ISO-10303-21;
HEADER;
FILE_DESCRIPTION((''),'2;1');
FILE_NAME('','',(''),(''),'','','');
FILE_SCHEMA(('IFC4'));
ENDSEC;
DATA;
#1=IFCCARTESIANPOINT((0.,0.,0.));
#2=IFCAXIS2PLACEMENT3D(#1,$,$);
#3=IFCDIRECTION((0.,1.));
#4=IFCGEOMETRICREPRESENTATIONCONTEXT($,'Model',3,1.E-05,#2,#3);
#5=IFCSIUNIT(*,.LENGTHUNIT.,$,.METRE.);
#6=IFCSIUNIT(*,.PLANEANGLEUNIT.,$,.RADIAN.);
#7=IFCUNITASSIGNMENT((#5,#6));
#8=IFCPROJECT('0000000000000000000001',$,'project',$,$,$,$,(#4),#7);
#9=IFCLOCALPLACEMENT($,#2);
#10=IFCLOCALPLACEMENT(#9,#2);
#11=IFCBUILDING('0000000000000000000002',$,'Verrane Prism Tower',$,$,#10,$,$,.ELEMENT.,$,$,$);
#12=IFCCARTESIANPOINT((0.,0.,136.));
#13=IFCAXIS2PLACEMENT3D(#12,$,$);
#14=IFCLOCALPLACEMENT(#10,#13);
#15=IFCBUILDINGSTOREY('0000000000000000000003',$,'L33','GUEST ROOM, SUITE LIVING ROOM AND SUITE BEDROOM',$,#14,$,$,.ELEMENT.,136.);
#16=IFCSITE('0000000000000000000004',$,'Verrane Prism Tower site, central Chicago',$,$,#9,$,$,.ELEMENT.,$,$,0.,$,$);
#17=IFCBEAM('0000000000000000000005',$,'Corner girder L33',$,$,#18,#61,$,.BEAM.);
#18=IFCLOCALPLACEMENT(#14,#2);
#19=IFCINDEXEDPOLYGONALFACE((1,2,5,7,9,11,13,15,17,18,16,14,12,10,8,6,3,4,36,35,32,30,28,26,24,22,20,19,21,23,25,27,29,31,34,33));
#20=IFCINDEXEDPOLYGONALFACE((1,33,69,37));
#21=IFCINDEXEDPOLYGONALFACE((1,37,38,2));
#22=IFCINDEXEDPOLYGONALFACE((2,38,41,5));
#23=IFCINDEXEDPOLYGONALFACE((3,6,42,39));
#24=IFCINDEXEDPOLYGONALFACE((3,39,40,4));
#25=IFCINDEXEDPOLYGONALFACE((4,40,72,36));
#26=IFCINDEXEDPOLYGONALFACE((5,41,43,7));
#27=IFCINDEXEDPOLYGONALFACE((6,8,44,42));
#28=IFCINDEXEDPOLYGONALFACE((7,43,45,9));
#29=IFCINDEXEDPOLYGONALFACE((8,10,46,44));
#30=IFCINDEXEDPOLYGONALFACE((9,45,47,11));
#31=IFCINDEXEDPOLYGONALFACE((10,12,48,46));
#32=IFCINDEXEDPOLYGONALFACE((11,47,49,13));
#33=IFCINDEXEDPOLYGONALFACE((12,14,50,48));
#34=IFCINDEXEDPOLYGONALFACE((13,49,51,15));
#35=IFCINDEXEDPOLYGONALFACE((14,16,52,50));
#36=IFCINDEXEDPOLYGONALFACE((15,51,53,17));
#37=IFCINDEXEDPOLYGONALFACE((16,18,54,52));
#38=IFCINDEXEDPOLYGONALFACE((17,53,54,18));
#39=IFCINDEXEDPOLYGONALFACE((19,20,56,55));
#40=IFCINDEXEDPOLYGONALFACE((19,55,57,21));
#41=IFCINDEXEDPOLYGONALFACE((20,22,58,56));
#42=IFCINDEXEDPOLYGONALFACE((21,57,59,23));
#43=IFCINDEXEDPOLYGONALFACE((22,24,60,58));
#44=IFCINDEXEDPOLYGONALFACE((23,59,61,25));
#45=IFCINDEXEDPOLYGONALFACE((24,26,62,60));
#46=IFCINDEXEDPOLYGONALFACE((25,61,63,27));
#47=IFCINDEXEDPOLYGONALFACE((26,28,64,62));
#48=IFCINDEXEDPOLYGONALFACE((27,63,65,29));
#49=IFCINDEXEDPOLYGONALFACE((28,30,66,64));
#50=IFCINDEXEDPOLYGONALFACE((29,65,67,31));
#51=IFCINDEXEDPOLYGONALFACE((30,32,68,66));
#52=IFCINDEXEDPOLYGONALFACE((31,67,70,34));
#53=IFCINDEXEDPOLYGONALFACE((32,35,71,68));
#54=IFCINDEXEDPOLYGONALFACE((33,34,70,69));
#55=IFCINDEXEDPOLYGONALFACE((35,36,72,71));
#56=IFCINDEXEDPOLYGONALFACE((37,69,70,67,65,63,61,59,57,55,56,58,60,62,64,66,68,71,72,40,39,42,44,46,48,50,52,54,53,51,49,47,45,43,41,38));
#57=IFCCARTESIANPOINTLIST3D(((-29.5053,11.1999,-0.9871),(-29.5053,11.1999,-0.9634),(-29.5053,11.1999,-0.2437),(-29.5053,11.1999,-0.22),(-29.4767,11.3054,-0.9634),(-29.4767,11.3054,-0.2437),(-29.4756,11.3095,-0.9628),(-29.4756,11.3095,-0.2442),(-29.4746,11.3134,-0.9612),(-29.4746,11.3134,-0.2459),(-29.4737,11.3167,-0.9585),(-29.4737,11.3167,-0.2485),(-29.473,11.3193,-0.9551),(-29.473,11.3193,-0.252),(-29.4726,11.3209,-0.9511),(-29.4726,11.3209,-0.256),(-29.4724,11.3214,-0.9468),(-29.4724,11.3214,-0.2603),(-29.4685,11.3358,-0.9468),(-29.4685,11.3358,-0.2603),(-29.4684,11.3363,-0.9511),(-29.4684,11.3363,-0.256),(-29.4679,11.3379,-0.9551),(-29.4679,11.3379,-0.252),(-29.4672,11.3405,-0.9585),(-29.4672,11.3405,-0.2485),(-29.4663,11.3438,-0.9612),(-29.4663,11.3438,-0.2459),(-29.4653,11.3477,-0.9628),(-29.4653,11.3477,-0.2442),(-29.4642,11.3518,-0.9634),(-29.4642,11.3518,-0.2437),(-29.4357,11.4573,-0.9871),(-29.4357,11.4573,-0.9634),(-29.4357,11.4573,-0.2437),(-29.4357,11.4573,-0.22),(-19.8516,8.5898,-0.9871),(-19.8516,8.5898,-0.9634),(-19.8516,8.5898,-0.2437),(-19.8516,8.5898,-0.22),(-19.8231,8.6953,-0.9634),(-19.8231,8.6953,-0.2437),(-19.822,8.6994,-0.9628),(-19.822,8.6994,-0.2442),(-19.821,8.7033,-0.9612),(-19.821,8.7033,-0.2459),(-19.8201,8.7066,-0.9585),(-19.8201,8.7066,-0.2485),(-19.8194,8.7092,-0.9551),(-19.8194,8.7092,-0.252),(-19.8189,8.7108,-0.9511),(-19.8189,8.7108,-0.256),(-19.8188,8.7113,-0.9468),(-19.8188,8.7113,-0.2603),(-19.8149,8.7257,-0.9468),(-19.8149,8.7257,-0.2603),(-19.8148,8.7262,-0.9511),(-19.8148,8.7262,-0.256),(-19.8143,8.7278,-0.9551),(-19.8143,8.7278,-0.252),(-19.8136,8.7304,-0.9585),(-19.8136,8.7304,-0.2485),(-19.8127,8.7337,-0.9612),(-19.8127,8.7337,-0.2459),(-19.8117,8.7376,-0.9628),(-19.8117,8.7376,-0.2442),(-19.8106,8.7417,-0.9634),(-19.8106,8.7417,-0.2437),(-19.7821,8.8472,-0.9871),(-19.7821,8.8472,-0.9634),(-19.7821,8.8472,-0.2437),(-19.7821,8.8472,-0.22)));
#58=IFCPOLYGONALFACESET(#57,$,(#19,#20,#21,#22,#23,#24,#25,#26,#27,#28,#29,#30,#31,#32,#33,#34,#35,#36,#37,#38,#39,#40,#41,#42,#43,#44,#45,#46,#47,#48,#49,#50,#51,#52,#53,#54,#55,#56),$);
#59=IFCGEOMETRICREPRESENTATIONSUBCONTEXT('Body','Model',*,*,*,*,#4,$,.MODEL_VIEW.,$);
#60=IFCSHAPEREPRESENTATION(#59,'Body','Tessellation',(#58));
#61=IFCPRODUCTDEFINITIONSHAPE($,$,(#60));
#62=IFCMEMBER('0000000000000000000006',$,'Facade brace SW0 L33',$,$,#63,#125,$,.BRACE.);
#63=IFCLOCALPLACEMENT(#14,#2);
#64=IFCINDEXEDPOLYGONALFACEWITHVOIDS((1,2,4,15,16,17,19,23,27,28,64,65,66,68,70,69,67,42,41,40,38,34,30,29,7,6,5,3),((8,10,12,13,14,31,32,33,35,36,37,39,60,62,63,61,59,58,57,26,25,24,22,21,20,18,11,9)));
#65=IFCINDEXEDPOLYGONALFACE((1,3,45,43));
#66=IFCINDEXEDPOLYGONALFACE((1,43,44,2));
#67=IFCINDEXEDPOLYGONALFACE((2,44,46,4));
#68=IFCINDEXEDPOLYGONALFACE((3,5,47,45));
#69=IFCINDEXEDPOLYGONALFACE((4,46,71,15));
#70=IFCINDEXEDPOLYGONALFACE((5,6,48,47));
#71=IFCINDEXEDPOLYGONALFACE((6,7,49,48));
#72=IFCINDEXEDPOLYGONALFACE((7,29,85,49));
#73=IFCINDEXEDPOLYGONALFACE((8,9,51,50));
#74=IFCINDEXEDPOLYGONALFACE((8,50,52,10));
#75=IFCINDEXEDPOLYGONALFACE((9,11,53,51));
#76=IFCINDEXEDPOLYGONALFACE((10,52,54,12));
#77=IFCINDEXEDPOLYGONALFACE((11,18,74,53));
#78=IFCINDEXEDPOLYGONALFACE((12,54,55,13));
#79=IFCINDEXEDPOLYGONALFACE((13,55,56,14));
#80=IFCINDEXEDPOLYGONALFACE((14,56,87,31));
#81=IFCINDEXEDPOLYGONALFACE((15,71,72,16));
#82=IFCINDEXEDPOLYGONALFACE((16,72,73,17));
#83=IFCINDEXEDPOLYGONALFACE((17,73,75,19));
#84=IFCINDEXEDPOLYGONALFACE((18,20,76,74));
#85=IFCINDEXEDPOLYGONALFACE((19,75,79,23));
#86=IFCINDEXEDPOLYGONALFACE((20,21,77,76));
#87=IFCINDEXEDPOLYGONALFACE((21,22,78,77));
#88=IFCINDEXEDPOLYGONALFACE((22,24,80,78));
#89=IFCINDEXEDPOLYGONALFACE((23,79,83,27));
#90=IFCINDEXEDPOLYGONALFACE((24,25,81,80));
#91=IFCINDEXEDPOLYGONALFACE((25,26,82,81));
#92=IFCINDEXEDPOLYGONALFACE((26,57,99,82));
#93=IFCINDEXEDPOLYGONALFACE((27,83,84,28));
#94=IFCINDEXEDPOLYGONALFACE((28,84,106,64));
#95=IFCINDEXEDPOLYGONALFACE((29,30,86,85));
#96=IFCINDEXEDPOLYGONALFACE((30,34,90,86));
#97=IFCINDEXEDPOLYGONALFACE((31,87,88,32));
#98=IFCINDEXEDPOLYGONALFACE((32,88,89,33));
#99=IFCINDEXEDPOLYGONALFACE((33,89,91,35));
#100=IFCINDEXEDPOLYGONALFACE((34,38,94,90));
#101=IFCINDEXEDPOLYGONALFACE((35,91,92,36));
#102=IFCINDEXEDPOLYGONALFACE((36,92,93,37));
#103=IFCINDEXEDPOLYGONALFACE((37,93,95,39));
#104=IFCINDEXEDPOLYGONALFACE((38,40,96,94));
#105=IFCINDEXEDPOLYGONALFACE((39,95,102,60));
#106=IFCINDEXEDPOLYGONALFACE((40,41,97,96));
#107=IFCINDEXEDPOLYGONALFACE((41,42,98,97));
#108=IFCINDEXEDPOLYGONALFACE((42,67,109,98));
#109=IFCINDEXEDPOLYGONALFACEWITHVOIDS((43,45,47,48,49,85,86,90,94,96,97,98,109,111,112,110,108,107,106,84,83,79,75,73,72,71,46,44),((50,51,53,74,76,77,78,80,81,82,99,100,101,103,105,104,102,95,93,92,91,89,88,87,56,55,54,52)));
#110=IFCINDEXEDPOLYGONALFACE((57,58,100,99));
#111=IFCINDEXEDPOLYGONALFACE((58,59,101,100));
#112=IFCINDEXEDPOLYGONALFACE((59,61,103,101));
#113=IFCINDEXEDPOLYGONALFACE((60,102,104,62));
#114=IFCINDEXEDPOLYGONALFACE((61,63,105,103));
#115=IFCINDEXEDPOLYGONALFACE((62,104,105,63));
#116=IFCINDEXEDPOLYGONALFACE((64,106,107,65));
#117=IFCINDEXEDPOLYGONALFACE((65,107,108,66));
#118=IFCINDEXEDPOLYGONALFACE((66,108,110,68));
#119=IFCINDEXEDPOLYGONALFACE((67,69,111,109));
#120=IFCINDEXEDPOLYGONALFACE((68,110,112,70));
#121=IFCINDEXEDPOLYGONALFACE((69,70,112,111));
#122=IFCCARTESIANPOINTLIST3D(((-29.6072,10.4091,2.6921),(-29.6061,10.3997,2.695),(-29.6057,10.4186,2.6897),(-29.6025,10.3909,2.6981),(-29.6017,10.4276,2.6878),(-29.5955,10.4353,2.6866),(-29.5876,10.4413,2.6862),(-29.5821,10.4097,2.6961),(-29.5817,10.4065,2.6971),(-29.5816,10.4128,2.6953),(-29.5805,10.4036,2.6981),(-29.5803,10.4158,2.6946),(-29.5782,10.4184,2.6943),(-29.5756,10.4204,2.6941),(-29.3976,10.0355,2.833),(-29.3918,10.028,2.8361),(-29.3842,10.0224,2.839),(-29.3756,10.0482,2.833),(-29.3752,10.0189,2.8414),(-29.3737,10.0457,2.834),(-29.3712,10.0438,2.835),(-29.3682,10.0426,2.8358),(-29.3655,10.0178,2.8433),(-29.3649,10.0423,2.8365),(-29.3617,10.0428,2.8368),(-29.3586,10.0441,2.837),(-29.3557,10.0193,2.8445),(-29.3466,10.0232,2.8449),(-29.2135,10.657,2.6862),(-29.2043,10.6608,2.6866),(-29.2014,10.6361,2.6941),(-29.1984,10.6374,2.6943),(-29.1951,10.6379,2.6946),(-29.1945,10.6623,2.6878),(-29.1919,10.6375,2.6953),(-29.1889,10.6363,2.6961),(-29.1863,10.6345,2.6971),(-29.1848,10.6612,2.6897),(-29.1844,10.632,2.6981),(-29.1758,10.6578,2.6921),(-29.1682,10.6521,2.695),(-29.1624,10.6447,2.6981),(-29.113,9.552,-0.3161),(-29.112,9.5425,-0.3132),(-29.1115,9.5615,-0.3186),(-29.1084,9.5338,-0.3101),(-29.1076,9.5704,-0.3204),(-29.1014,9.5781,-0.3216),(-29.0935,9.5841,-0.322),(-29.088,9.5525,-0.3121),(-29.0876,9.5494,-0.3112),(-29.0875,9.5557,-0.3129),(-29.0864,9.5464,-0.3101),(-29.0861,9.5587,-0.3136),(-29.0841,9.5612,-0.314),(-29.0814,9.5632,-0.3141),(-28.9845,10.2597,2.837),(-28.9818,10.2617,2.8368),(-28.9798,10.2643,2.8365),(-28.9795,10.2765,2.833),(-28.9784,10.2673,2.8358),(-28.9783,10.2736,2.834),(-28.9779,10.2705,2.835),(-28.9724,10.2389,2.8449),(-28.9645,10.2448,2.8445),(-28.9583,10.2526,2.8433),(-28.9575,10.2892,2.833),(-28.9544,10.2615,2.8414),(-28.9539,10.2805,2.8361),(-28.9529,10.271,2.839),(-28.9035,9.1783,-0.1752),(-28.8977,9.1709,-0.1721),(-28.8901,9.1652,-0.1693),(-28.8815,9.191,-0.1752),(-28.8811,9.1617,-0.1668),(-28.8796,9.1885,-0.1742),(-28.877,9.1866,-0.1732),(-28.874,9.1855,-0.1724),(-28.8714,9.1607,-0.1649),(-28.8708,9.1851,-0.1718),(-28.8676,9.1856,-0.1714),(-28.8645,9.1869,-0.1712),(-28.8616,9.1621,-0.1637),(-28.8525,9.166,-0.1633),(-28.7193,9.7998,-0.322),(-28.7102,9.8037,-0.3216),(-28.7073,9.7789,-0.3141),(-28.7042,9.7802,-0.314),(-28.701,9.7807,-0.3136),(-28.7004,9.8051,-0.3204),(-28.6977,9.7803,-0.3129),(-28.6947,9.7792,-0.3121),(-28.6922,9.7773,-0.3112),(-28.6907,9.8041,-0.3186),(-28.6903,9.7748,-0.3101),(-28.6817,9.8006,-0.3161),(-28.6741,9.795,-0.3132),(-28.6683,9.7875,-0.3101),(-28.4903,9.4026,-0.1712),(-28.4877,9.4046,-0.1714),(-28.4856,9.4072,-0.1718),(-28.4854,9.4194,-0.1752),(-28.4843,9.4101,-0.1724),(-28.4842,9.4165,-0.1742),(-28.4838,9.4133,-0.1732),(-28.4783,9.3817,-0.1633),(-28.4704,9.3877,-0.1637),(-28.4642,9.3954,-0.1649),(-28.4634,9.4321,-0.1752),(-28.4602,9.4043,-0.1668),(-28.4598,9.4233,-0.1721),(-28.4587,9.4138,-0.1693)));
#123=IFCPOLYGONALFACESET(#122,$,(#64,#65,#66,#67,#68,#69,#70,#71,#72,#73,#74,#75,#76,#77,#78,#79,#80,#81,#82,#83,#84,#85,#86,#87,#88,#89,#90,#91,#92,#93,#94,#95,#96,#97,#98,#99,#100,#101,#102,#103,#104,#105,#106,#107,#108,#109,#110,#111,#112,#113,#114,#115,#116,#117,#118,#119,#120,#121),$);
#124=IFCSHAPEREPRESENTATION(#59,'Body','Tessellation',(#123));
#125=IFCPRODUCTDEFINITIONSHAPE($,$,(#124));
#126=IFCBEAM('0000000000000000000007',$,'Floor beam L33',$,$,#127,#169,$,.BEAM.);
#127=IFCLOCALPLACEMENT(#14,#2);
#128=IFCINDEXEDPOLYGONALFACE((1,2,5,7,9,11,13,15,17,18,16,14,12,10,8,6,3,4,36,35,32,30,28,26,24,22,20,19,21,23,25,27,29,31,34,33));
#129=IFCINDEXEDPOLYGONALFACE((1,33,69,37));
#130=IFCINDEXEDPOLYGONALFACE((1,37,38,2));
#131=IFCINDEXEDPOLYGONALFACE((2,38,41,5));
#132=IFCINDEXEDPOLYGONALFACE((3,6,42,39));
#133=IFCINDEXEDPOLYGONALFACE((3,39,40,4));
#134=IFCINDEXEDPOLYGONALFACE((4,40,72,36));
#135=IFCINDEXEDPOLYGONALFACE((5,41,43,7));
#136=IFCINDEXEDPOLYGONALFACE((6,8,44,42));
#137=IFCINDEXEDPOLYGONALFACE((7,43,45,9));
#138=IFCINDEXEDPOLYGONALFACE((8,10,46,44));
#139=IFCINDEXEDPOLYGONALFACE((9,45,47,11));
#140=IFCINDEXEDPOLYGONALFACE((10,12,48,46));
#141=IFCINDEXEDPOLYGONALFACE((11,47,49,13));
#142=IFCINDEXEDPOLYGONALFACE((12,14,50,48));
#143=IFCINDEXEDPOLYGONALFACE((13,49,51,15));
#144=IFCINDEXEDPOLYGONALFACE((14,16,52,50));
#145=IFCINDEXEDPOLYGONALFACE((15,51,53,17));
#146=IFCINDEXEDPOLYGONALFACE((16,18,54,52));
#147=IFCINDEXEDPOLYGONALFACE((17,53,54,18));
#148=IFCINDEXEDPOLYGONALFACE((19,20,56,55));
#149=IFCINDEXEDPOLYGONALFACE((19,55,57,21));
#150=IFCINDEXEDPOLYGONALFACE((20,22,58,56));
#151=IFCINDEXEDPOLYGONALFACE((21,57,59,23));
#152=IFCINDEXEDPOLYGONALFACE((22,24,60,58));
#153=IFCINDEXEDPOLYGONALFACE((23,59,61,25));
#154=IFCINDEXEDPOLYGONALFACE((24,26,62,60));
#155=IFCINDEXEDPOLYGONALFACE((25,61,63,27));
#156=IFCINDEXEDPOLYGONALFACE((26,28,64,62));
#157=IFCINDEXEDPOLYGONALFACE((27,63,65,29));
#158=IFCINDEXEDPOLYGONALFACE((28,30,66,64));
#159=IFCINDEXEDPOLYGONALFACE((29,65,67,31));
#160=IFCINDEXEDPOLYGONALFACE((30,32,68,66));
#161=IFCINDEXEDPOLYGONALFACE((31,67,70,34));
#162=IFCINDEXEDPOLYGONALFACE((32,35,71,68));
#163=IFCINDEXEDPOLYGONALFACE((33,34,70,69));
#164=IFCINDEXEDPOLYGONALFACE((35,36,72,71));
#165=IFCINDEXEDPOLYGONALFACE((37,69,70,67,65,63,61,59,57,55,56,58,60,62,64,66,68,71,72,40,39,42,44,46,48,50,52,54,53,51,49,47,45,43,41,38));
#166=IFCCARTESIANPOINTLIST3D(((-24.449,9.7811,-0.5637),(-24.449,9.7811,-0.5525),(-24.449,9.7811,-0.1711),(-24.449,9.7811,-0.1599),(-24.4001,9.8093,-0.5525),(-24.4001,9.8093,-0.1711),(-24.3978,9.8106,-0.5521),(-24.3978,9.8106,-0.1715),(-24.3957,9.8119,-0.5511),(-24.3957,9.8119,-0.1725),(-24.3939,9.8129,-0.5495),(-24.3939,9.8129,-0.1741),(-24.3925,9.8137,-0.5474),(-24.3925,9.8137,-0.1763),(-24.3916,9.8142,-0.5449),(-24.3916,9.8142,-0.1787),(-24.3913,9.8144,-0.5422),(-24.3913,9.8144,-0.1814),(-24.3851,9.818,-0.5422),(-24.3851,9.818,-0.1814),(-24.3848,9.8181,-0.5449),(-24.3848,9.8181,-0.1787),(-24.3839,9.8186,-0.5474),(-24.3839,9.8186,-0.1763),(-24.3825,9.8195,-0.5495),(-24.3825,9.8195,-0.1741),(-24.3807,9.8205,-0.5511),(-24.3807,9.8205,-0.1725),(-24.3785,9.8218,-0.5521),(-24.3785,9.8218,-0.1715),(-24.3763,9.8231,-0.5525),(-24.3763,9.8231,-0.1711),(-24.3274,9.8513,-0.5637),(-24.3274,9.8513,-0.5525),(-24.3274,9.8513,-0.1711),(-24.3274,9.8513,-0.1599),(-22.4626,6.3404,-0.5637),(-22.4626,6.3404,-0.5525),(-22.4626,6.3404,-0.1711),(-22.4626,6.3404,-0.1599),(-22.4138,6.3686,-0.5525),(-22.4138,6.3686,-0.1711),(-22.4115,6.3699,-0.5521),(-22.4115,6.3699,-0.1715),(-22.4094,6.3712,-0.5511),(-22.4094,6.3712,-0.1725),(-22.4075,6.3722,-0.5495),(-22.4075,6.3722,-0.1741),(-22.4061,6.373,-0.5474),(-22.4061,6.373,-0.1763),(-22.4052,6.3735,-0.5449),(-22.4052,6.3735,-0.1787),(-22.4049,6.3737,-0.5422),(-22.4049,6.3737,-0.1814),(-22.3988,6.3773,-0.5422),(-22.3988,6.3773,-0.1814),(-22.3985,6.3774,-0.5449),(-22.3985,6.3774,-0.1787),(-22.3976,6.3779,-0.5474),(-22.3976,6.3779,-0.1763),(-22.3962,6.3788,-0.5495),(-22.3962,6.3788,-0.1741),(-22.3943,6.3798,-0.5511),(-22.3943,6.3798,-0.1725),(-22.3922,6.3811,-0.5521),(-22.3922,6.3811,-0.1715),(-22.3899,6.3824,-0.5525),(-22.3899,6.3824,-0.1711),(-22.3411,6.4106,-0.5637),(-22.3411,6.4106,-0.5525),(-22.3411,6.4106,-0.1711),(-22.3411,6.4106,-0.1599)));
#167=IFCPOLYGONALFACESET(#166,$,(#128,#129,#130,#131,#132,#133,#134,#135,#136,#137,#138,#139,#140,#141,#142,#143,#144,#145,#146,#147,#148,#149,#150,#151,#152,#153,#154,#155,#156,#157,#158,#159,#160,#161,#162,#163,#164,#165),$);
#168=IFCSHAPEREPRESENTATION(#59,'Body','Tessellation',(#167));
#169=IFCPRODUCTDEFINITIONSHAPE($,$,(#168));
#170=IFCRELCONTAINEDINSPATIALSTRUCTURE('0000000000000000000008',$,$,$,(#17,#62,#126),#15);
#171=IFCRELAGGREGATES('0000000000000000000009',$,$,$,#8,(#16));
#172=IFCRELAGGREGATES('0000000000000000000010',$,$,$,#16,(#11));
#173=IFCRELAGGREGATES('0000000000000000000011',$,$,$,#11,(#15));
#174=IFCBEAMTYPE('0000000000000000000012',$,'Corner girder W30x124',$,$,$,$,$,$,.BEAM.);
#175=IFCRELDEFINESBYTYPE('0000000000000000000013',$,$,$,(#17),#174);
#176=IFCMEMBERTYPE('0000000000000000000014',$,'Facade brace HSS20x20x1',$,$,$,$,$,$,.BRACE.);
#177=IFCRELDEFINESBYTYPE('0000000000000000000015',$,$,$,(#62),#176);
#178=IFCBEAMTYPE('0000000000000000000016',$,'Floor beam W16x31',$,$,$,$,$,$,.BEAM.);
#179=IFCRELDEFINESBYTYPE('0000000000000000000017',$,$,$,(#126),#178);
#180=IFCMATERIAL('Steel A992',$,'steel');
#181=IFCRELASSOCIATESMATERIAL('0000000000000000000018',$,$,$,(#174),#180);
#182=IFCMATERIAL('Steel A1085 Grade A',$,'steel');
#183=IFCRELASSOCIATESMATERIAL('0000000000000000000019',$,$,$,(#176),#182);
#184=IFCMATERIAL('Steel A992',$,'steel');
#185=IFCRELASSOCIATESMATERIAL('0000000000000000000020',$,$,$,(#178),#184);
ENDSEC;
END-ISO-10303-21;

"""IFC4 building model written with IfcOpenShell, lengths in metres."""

from ifc_helpers import new_model, si_unit, direction, frame, origin, origin_2d, place, context, subcontext, project, spatial, hollow_rectangle, i_section, extrude, material, material_profile, profile_set, type_object, element, save


model = new_model("IFC4")

# Units and contexts
model_context = context("Model", 3, precision=1e-05, world=origin(), true_north=direction((0.0, 1.0)))
body_context = subcontext(model_context, "Body", "Model", "MODEL_VIEW")
ifc_project = project(units=[si_unit("LENGTHUNIT", "METRE"), si_unit("PLANEANGLEUNIT", "RADIAN")], contexts=[model_context])

# Site, building, storey
site_placement = place(None, origin())
site = spatial("IfcSite", under=ifc_project, at=site_placement, Name="Verrane Prism Tower site, central Chicago", CompositionType="ELEMENT", RefElevation=0.0)
building_placement = place(site_placement, origin())
building = spatial("IfcBuilding", under=site, at=building_placement, Name="Verrane Prism Tower", CompositionType="ELEMENT")
storey_placement = place(building_placement, frame((0.0, 0.0, 136.0)))
storey = spatial("IfcBuildingStorey", under=building, at=storey_placement, Name="L33", Description="GUEST ROOM, SUITE LIVING ROOM AND SUITE BEDROOM", CompositionType="ELEMENT", Elevation=136.0)

# Beam
ifc_material_1 = material(Name="Steel A992", Category="steel")
ifc_material_profile_1 = material_profile(ifc_material_1, i_section(OverallWidth=0.2666, OverallDepth=0.7671, WebThickness=0.0149, FlangeThickness=0.0237, FilletRadius=0.0166, at=origin_2d()), Name="W30x124")
ifc_profile_set_1 = profile_set([ifc_material_profile_1], Name="Steel A992")
beam_type_1 = type_object("IfcBeamType", Name="Corner girder W30x124", PredefinedType="BEAM", material=ifc_profile_set_1)
beam_1_placement = place(storey_placement, frame((-29.4705, 11.3286, -0.6035), z_axis=(0.965337, -0.261006, 0.0), x_axis=(0.261006, 0.965337, 0.0)))
element("IfcBeam", 1, at=beam_1_placement, inside=storey, type_object=beam_type_1, Name="Corner girder L33", PredefinedType="BEAM", context=body_context, shape_type="SweptSolid", body=[
    extrude(i_section(OverallWidth=0.2666, OverallDepth=0.7671, WebThickness=0.0149, FlangeThickness=0.0237, FilletRadius=0.0166, at=origin_2d()), origin(), (0.0, 0.0, 1.0), 10.0002),
])

# Member
ifc_material_2 = material(Name="Steel A1085 Grade A", Category="steel")
ifc_material_profile_2 = material_profile(ifc_material_2, hollow_rectangle(XDim=0.5081, YDim=0.5081, WallThickness=0.0254, InnerFilletRadius=0.0127, OuterFilletRadius=0.0381, at=origin_2d()), Name="HSS20x20x1")
ifc_profile_set_2 = profile_set([ifc_material_profile_2], Name="Steel A1085 Grade A")
member_type_1 = type_object("IfcMemberType", Name="Facade brace HSS20x20x1", PredefinedType="BRACE", material=ifc_profile_set_2)
member_1_placement = place(storey_placement, frame((-28.7859, 9.4829, -0.2427), z_axis=(-0.156036, 0.270674, 0.949941), x_axis=(-0.866354, -0.49943, 0.0)))
element("IfcMember", 2, at=member_1_placement, inside=storey, type_object=member_type_1, Name="Facade brace SW0 L33", PredefinedType="BRACE", context=body_context, shape_type="SweptSolid", body=[
    extrude(hollow_rectangle(XDim=0.5081, YDim=0.5081, WallThickness=0.0254, InnerFilletRadius=0.0127, OuterFilletRadius=0.0381, at=origin_2d()), origin(), (0.0, 0.0, 1.0), 3.1667),
])

# Beam
ifc_material_3 = material(Name="Steel A992", Category="steel")
ifc_material_profile_3 = material_profile(ifc_material_3, i_section(OverallWidth=0.1404, OverallDepth=0.4038, WebThickness=0.0071, FlangeThickness=0.0112, FilletRadius=0.0103, at=origin_2d()), Name="W16x31")
ifc_profile_set_3 = profile_set([ifc_material_profile_3], Name="Steel A992")
beam_type_2 = type_object("IfcBeamType", Name="Floor beam W16x31", PredefinedType="BEAM", material=ifc_profile_set_3)
beam_2_placement = place(storey_placement, frame((-22.4019, 6.3755, -0.3618), z_axis=(-0.499972, 0.866041, 0.0), x_axis=(-0.866041, -0.499972, 0.0)))
element("IfcBeam", 3, at=beam_2_placement, inside=storey, type_object=beam_type_2, Name="Floor beam L33", PredefinedType="BEAM", context=body_context, shape_type="SweptSolid", body=[
    extrude(i_section(OverallWidth=0.1404, OverallDepth=0.4038, WebThickness=0.0071, FlangeThickness=0.0112, FilletRadius=0.0103, at=origin_2d()), origin(), (0.0, 0.0, 1.0), 3.9729),
])

save(model, "model.ifc")
